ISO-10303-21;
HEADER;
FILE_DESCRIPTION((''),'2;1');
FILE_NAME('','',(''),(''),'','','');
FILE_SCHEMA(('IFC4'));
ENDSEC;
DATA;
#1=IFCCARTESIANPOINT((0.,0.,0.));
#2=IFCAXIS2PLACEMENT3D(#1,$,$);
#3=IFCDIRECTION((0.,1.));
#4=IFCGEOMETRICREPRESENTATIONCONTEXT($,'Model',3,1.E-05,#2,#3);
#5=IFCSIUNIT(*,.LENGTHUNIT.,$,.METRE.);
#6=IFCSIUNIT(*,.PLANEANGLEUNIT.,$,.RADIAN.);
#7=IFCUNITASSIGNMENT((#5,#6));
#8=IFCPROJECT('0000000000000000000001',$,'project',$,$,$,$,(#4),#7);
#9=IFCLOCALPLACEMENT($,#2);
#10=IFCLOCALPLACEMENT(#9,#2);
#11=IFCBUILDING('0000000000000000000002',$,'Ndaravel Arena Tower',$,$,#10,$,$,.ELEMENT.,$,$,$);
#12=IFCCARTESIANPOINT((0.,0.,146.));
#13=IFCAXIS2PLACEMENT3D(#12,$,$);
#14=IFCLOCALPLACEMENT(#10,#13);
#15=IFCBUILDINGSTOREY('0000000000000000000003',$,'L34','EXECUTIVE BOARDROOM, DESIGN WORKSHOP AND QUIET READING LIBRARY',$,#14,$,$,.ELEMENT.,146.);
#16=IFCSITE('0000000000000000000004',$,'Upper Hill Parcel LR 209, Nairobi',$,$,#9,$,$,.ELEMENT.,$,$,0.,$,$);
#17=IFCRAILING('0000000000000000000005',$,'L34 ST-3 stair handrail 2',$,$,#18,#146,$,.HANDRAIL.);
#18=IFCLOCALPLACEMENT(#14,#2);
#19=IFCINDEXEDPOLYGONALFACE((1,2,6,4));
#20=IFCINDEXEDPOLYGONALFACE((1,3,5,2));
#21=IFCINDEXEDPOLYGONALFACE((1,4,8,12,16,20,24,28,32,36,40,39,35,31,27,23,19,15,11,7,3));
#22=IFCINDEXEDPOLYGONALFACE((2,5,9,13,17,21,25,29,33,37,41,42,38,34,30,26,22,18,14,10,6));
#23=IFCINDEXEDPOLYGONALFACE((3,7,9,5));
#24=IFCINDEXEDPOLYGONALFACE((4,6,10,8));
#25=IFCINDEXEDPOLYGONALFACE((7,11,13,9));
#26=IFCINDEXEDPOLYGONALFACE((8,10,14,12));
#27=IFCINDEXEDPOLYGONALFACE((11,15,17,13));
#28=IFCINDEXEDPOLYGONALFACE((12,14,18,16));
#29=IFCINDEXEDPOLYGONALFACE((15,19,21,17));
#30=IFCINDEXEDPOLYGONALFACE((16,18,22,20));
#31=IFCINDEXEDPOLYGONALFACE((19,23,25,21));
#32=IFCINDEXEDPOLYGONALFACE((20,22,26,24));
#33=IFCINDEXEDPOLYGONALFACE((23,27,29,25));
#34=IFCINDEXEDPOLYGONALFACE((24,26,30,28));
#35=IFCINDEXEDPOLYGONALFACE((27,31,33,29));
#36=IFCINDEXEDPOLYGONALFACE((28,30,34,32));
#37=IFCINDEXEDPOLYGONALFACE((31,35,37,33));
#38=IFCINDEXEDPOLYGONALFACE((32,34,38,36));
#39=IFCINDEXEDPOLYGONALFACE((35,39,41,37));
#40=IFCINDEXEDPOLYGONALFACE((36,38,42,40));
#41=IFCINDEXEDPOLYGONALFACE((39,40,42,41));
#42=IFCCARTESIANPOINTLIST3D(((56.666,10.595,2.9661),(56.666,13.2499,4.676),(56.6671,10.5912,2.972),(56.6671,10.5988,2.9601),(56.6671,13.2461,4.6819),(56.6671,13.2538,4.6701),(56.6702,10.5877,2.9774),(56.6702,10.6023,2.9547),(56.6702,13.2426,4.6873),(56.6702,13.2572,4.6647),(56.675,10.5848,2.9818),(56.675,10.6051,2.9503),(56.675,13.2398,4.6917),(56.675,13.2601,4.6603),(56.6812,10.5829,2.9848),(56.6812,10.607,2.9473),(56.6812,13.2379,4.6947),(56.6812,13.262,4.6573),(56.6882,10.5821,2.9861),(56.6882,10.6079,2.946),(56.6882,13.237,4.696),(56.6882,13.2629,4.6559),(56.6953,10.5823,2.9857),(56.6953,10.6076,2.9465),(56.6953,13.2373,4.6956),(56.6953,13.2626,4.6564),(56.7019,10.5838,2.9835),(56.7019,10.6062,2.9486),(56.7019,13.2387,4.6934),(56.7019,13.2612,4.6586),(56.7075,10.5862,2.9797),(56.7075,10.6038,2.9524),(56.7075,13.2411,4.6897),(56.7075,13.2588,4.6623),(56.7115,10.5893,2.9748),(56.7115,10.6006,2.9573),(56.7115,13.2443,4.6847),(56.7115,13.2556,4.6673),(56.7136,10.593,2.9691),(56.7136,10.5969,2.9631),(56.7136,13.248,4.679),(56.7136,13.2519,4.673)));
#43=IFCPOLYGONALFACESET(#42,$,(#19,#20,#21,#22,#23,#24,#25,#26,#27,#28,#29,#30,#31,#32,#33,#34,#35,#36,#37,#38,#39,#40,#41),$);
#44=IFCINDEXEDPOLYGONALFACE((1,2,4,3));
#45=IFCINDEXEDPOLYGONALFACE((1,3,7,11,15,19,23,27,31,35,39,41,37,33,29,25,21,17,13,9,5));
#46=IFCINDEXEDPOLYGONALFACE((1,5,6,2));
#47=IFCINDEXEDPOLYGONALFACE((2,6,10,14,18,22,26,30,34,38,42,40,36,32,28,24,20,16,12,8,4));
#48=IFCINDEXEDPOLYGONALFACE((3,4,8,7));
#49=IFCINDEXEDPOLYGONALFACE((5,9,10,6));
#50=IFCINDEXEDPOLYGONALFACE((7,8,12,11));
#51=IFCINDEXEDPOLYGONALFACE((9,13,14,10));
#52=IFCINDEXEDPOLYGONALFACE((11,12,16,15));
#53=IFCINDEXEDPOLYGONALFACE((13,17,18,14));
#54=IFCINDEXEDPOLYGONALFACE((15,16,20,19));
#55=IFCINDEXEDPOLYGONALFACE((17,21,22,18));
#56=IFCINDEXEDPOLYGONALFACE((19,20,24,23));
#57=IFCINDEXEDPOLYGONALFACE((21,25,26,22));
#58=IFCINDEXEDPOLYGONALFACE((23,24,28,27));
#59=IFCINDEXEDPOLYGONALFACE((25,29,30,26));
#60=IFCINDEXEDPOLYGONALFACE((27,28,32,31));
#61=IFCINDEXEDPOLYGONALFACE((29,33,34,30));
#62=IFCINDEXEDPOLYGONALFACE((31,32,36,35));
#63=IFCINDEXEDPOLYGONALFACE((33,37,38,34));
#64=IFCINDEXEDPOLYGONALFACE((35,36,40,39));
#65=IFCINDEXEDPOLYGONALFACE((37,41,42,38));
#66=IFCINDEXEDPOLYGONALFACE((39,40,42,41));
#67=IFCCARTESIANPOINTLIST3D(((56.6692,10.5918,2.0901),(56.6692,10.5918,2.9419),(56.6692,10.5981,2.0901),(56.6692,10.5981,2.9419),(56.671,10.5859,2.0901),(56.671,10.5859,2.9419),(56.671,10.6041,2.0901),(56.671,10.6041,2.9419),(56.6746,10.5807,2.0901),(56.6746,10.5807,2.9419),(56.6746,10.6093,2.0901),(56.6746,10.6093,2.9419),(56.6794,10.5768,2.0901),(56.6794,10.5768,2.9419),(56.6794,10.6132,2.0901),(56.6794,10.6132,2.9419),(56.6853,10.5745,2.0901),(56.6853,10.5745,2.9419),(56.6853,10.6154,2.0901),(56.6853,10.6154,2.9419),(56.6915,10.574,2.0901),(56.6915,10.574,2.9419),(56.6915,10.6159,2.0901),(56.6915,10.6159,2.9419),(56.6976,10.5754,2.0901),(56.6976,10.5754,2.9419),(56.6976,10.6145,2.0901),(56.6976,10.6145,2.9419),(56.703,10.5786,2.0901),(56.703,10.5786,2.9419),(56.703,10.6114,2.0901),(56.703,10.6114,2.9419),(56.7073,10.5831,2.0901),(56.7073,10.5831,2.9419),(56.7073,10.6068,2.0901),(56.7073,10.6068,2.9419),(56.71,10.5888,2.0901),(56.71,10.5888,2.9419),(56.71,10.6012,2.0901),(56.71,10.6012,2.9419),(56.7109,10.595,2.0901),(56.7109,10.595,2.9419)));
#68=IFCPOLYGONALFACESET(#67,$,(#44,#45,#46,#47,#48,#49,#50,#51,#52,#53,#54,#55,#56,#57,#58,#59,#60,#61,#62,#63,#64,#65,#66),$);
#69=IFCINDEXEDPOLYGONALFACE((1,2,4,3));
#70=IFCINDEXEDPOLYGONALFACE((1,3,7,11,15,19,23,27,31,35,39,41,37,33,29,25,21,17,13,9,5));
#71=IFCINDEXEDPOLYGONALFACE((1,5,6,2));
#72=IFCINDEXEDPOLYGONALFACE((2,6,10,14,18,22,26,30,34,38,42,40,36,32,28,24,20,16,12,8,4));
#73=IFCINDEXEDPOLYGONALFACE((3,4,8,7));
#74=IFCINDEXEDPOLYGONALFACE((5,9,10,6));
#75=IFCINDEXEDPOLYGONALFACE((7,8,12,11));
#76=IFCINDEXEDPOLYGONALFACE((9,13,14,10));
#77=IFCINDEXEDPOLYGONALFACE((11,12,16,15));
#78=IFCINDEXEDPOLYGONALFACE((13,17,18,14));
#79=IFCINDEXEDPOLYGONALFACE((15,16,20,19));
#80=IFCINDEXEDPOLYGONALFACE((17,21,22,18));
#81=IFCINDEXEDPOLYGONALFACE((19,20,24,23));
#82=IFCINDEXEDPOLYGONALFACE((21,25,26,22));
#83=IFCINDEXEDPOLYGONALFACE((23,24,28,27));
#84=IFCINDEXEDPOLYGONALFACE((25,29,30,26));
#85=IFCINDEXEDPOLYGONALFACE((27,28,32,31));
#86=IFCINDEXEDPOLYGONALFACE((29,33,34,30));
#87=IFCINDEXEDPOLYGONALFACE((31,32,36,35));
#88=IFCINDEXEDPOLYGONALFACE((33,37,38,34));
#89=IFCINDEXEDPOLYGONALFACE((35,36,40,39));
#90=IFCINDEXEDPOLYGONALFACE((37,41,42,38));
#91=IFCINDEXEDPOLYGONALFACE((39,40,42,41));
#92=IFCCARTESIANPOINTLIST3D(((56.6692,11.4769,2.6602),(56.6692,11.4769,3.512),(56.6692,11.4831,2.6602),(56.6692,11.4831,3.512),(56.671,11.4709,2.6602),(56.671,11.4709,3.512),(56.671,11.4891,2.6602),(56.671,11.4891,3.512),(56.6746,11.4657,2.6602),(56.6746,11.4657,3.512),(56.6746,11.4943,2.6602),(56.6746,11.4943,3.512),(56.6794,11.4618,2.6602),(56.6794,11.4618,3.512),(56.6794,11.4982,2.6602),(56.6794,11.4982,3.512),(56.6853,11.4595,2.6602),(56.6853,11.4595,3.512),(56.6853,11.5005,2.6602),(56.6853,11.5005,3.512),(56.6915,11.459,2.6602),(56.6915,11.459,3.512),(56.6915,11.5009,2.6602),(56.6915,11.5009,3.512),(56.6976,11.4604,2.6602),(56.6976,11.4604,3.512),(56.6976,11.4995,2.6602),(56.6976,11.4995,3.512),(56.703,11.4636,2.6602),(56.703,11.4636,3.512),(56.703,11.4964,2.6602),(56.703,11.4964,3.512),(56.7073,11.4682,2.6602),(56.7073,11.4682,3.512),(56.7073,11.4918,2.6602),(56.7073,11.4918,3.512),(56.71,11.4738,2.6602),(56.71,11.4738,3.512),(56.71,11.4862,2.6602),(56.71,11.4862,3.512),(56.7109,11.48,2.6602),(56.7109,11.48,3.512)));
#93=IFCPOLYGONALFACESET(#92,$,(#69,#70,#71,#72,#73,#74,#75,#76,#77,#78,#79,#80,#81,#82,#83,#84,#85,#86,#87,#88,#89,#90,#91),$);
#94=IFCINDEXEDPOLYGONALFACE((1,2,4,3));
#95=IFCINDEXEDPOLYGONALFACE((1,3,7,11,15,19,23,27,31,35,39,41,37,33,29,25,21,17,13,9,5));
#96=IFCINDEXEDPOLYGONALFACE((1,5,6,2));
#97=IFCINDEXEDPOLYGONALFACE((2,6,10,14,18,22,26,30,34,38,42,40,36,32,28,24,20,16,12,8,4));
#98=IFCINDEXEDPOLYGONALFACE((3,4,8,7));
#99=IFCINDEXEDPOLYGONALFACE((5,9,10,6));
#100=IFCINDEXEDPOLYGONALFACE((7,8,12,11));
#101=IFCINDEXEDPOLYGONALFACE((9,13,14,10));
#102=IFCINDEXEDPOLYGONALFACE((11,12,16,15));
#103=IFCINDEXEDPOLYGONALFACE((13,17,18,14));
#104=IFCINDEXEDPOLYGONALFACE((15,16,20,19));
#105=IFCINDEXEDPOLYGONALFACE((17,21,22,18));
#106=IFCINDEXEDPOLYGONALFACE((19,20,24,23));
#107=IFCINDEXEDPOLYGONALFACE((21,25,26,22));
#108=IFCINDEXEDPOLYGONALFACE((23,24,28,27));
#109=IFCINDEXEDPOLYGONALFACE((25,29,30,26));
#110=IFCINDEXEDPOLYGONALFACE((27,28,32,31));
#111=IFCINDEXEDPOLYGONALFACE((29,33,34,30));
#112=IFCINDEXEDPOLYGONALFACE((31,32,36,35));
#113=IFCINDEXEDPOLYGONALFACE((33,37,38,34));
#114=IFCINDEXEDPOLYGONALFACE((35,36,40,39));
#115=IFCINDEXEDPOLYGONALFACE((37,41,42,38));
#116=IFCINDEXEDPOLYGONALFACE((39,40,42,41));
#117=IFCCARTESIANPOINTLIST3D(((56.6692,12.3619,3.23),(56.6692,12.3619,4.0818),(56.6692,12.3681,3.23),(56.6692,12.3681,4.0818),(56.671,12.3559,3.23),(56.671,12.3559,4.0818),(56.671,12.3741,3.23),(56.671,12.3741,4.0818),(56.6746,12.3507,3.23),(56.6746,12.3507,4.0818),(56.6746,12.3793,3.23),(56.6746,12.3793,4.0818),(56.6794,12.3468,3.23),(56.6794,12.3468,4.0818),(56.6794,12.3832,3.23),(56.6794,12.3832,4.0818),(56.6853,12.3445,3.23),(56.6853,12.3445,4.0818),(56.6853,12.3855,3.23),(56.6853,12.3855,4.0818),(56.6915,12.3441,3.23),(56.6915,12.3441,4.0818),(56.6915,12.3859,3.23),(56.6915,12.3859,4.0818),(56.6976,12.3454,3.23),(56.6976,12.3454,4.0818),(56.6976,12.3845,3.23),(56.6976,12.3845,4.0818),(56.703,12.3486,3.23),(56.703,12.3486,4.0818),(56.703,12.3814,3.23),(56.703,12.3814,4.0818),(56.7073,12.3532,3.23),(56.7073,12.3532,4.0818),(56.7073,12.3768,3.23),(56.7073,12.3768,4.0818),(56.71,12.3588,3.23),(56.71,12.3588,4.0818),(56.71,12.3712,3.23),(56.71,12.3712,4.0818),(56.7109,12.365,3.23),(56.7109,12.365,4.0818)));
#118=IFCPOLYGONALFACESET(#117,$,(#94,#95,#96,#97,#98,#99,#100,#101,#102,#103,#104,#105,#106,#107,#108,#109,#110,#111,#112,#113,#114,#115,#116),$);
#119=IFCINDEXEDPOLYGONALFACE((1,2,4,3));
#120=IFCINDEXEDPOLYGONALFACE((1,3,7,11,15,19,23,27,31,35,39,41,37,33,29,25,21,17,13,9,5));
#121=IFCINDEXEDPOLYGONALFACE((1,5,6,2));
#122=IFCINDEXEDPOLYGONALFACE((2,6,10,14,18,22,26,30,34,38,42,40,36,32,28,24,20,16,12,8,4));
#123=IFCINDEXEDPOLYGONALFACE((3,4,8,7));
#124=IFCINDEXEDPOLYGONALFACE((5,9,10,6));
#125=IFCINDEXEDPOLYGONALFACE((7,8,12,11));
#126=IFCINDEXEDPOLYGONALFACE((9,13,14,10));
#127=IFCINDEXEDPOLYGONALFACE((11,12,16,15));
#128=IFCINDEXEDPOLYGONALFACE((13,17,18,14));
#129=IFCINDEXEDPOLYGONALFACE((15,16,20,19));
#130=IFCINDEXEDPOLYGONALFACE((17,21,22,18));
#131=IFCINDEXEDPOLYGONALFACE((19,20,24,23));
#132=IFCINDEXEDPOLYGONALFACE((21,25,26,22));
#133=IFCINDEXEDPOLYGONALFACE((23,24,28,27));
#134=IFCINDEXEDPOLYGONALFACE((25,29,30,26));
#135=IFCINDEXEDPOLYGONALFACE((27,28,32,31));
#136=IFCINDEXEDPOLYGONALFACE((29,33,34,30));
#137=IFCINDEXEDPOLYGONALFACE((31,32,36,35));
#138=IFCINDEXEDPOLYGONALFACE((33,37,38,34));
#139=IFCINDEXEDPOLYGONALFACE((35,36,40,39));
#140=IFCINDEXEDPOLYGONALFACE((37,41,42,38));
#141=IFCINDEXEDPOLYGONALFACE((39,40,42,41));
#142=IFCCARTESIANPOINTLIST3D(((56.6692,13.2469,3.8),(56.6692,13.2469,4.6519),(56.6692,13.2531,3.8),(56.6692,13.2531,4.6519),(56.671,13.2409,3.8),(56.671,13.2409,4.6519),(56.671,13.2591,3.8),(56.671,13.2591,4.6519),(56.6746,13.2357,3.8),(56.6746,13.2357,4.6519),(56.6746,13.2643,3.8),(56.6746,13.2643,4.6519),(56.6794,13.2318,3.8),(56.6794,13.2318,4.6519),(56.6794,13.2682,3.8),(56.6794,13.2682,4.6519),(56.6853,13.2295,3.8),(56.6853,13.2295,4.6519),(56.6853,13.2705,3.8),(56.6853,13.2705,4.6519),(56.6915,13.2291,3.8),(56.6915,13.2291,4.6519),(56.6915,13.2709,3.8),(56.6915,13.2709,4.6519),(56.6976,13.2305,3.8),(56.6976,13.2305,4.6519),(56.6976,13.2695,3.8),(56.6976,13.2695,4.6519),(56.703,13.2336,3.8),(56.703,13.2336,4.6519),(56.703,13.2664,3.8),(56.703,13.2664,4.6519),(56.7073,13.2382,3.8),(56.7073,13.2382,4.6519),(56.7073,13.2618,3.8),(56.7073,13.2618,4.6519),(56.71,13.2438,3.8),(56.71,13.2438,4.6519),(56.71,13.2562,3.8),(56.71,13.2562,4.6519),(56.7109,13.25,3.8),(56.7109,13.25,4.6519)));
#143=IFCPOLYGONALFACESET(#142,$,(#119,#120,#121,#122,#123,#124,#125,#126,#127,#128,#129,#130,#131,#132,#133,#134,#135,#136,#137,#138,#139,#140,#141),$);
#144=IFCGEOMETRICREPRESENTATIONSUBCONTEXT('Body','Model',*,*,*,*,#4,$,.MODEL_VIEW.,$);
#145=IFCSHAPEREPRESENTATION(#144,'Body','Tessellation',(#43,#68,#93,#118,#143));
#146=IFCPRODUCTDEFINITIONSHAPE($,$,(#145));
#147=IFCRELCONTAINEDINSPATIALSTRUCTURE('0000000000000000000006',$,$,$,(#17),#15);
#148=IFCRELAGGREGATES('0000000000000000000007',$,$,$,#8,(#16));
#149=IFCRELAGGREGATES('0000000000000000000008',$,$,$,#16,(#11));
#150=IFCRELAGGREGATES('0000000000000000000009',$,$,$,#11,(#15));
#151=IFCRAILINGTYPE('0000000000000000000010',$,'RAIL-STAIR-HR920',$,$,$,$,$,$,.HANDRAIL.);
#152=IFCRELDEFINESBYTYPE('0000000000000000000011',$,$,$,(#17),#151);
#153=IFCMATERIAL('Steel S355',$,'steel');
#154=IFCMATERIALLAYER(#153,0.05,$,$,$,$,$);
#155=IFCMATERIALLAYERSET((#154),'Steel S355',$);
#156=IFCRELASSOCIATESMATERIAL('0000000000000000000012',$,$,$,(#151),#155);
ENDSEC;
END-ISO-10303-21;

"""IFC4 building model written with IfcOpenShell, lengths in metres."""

from ifc_helpers import new_model, si_unit, direction, frame, origin, origin_2d, place, context, subcontext, project, spatial, circle, extrude, material, layer, layer_set, type_object, element, save


model = new_model("IFC4")

# Units and contexts
model_context = context("Model", 3, precision=1e-05, world=origin(), true_north=direction((0.0, 1.0)))
body_context = subcontext(model_context, "Body", "Model", "MODEL_VIEW")
ifc_project = project(units=[si_unit("LENGTHUNIT", "METRE"), si_unit("PLANEANGLEUNIT", "RADIAN")], contexts=[model_context])

# Site, building, storey
site_placement = place(None, origin())
site = spatial("IfcSite", under=ifc_project, at=site_placement, Name="Upper Hill Parcel LR 209, Nairobi", CompositionType="ELEMENT", RefElevation=0.0)
building_placement = place(site_placement, origin())
building = spatial("IfcBuilding", under=site, at=building_placement, Name="Ndaravel Arena Tower", CompositionType="ELEMENT")
storey_placement = place(building_placement, frame((0.0, 0.0, 146.0)))
storey = spatial("IfcBuildingStorey", under=building, at=storey_placement, Name="L34", Description="EXECUTIVE BOARDROOM, DESIGN WORKSHOP AND QUIET READING LIBRARY", CompositionType="ELEMENT", Elevation=146.0)

# Railing
ifc_material_1 = material(Name="Steel S355", Category="steel")
ifc_layer_1 = layer(ifc_material_1, 0.05)
ifc_layer_set_1 = layer_set([ifc_layer_1], Name="Steel S355")
railing_type_1 = type_object("IfcRailingType", Name="RAIL-STAIR-HR920", PredefinedType="HANDRAIL", material=ifc_layer_set_1)
railing_1_placement = place(storey_placement, frame((56.6899, 10.595, 2.0901)))
element("IfcRailing", 1, at=railing_1_placement, inside=storey, type_object=railing_type_1, Name="L34 ST-3 stair handrail 2", PredefinedType="HANDRAIL", context=body_context, shape_type="SweptSolid", body=[
    extrude(circle(Radius=0.0239, at=origin_2d()), frame((0.0, 0.0, 0.876), z_axis=(0.0, 0.840724, 0.541465), x_axis=(-1.0, 0.0, 0.0)), (0.0, 0.0, 1.0), 3.158),
    extrude(circle(Radius=0.021, at=origin_2d()), origin(), (0.0, 0.0, 1.0), 0.8518),
    extrude(circle(Radius=0.021, at=origin_2d()), frame((0.0, 0.885, 0.5701)), (0.0, 0.0, 1.0), 0.8518),
    extrude(circle(Radius=0.021, at=origin_2d()), frame((0.0, 1.77, 1.1399)), (0.0, 0.0, 1.0), 0.8518),
    extrude(circle(Radius=0.021, at=origin_2d()), frame((0.0, 2.655, 1.71)), (0.0, 0.0, 1.0), 0.8518),
])

save(model, "model.ifc")
